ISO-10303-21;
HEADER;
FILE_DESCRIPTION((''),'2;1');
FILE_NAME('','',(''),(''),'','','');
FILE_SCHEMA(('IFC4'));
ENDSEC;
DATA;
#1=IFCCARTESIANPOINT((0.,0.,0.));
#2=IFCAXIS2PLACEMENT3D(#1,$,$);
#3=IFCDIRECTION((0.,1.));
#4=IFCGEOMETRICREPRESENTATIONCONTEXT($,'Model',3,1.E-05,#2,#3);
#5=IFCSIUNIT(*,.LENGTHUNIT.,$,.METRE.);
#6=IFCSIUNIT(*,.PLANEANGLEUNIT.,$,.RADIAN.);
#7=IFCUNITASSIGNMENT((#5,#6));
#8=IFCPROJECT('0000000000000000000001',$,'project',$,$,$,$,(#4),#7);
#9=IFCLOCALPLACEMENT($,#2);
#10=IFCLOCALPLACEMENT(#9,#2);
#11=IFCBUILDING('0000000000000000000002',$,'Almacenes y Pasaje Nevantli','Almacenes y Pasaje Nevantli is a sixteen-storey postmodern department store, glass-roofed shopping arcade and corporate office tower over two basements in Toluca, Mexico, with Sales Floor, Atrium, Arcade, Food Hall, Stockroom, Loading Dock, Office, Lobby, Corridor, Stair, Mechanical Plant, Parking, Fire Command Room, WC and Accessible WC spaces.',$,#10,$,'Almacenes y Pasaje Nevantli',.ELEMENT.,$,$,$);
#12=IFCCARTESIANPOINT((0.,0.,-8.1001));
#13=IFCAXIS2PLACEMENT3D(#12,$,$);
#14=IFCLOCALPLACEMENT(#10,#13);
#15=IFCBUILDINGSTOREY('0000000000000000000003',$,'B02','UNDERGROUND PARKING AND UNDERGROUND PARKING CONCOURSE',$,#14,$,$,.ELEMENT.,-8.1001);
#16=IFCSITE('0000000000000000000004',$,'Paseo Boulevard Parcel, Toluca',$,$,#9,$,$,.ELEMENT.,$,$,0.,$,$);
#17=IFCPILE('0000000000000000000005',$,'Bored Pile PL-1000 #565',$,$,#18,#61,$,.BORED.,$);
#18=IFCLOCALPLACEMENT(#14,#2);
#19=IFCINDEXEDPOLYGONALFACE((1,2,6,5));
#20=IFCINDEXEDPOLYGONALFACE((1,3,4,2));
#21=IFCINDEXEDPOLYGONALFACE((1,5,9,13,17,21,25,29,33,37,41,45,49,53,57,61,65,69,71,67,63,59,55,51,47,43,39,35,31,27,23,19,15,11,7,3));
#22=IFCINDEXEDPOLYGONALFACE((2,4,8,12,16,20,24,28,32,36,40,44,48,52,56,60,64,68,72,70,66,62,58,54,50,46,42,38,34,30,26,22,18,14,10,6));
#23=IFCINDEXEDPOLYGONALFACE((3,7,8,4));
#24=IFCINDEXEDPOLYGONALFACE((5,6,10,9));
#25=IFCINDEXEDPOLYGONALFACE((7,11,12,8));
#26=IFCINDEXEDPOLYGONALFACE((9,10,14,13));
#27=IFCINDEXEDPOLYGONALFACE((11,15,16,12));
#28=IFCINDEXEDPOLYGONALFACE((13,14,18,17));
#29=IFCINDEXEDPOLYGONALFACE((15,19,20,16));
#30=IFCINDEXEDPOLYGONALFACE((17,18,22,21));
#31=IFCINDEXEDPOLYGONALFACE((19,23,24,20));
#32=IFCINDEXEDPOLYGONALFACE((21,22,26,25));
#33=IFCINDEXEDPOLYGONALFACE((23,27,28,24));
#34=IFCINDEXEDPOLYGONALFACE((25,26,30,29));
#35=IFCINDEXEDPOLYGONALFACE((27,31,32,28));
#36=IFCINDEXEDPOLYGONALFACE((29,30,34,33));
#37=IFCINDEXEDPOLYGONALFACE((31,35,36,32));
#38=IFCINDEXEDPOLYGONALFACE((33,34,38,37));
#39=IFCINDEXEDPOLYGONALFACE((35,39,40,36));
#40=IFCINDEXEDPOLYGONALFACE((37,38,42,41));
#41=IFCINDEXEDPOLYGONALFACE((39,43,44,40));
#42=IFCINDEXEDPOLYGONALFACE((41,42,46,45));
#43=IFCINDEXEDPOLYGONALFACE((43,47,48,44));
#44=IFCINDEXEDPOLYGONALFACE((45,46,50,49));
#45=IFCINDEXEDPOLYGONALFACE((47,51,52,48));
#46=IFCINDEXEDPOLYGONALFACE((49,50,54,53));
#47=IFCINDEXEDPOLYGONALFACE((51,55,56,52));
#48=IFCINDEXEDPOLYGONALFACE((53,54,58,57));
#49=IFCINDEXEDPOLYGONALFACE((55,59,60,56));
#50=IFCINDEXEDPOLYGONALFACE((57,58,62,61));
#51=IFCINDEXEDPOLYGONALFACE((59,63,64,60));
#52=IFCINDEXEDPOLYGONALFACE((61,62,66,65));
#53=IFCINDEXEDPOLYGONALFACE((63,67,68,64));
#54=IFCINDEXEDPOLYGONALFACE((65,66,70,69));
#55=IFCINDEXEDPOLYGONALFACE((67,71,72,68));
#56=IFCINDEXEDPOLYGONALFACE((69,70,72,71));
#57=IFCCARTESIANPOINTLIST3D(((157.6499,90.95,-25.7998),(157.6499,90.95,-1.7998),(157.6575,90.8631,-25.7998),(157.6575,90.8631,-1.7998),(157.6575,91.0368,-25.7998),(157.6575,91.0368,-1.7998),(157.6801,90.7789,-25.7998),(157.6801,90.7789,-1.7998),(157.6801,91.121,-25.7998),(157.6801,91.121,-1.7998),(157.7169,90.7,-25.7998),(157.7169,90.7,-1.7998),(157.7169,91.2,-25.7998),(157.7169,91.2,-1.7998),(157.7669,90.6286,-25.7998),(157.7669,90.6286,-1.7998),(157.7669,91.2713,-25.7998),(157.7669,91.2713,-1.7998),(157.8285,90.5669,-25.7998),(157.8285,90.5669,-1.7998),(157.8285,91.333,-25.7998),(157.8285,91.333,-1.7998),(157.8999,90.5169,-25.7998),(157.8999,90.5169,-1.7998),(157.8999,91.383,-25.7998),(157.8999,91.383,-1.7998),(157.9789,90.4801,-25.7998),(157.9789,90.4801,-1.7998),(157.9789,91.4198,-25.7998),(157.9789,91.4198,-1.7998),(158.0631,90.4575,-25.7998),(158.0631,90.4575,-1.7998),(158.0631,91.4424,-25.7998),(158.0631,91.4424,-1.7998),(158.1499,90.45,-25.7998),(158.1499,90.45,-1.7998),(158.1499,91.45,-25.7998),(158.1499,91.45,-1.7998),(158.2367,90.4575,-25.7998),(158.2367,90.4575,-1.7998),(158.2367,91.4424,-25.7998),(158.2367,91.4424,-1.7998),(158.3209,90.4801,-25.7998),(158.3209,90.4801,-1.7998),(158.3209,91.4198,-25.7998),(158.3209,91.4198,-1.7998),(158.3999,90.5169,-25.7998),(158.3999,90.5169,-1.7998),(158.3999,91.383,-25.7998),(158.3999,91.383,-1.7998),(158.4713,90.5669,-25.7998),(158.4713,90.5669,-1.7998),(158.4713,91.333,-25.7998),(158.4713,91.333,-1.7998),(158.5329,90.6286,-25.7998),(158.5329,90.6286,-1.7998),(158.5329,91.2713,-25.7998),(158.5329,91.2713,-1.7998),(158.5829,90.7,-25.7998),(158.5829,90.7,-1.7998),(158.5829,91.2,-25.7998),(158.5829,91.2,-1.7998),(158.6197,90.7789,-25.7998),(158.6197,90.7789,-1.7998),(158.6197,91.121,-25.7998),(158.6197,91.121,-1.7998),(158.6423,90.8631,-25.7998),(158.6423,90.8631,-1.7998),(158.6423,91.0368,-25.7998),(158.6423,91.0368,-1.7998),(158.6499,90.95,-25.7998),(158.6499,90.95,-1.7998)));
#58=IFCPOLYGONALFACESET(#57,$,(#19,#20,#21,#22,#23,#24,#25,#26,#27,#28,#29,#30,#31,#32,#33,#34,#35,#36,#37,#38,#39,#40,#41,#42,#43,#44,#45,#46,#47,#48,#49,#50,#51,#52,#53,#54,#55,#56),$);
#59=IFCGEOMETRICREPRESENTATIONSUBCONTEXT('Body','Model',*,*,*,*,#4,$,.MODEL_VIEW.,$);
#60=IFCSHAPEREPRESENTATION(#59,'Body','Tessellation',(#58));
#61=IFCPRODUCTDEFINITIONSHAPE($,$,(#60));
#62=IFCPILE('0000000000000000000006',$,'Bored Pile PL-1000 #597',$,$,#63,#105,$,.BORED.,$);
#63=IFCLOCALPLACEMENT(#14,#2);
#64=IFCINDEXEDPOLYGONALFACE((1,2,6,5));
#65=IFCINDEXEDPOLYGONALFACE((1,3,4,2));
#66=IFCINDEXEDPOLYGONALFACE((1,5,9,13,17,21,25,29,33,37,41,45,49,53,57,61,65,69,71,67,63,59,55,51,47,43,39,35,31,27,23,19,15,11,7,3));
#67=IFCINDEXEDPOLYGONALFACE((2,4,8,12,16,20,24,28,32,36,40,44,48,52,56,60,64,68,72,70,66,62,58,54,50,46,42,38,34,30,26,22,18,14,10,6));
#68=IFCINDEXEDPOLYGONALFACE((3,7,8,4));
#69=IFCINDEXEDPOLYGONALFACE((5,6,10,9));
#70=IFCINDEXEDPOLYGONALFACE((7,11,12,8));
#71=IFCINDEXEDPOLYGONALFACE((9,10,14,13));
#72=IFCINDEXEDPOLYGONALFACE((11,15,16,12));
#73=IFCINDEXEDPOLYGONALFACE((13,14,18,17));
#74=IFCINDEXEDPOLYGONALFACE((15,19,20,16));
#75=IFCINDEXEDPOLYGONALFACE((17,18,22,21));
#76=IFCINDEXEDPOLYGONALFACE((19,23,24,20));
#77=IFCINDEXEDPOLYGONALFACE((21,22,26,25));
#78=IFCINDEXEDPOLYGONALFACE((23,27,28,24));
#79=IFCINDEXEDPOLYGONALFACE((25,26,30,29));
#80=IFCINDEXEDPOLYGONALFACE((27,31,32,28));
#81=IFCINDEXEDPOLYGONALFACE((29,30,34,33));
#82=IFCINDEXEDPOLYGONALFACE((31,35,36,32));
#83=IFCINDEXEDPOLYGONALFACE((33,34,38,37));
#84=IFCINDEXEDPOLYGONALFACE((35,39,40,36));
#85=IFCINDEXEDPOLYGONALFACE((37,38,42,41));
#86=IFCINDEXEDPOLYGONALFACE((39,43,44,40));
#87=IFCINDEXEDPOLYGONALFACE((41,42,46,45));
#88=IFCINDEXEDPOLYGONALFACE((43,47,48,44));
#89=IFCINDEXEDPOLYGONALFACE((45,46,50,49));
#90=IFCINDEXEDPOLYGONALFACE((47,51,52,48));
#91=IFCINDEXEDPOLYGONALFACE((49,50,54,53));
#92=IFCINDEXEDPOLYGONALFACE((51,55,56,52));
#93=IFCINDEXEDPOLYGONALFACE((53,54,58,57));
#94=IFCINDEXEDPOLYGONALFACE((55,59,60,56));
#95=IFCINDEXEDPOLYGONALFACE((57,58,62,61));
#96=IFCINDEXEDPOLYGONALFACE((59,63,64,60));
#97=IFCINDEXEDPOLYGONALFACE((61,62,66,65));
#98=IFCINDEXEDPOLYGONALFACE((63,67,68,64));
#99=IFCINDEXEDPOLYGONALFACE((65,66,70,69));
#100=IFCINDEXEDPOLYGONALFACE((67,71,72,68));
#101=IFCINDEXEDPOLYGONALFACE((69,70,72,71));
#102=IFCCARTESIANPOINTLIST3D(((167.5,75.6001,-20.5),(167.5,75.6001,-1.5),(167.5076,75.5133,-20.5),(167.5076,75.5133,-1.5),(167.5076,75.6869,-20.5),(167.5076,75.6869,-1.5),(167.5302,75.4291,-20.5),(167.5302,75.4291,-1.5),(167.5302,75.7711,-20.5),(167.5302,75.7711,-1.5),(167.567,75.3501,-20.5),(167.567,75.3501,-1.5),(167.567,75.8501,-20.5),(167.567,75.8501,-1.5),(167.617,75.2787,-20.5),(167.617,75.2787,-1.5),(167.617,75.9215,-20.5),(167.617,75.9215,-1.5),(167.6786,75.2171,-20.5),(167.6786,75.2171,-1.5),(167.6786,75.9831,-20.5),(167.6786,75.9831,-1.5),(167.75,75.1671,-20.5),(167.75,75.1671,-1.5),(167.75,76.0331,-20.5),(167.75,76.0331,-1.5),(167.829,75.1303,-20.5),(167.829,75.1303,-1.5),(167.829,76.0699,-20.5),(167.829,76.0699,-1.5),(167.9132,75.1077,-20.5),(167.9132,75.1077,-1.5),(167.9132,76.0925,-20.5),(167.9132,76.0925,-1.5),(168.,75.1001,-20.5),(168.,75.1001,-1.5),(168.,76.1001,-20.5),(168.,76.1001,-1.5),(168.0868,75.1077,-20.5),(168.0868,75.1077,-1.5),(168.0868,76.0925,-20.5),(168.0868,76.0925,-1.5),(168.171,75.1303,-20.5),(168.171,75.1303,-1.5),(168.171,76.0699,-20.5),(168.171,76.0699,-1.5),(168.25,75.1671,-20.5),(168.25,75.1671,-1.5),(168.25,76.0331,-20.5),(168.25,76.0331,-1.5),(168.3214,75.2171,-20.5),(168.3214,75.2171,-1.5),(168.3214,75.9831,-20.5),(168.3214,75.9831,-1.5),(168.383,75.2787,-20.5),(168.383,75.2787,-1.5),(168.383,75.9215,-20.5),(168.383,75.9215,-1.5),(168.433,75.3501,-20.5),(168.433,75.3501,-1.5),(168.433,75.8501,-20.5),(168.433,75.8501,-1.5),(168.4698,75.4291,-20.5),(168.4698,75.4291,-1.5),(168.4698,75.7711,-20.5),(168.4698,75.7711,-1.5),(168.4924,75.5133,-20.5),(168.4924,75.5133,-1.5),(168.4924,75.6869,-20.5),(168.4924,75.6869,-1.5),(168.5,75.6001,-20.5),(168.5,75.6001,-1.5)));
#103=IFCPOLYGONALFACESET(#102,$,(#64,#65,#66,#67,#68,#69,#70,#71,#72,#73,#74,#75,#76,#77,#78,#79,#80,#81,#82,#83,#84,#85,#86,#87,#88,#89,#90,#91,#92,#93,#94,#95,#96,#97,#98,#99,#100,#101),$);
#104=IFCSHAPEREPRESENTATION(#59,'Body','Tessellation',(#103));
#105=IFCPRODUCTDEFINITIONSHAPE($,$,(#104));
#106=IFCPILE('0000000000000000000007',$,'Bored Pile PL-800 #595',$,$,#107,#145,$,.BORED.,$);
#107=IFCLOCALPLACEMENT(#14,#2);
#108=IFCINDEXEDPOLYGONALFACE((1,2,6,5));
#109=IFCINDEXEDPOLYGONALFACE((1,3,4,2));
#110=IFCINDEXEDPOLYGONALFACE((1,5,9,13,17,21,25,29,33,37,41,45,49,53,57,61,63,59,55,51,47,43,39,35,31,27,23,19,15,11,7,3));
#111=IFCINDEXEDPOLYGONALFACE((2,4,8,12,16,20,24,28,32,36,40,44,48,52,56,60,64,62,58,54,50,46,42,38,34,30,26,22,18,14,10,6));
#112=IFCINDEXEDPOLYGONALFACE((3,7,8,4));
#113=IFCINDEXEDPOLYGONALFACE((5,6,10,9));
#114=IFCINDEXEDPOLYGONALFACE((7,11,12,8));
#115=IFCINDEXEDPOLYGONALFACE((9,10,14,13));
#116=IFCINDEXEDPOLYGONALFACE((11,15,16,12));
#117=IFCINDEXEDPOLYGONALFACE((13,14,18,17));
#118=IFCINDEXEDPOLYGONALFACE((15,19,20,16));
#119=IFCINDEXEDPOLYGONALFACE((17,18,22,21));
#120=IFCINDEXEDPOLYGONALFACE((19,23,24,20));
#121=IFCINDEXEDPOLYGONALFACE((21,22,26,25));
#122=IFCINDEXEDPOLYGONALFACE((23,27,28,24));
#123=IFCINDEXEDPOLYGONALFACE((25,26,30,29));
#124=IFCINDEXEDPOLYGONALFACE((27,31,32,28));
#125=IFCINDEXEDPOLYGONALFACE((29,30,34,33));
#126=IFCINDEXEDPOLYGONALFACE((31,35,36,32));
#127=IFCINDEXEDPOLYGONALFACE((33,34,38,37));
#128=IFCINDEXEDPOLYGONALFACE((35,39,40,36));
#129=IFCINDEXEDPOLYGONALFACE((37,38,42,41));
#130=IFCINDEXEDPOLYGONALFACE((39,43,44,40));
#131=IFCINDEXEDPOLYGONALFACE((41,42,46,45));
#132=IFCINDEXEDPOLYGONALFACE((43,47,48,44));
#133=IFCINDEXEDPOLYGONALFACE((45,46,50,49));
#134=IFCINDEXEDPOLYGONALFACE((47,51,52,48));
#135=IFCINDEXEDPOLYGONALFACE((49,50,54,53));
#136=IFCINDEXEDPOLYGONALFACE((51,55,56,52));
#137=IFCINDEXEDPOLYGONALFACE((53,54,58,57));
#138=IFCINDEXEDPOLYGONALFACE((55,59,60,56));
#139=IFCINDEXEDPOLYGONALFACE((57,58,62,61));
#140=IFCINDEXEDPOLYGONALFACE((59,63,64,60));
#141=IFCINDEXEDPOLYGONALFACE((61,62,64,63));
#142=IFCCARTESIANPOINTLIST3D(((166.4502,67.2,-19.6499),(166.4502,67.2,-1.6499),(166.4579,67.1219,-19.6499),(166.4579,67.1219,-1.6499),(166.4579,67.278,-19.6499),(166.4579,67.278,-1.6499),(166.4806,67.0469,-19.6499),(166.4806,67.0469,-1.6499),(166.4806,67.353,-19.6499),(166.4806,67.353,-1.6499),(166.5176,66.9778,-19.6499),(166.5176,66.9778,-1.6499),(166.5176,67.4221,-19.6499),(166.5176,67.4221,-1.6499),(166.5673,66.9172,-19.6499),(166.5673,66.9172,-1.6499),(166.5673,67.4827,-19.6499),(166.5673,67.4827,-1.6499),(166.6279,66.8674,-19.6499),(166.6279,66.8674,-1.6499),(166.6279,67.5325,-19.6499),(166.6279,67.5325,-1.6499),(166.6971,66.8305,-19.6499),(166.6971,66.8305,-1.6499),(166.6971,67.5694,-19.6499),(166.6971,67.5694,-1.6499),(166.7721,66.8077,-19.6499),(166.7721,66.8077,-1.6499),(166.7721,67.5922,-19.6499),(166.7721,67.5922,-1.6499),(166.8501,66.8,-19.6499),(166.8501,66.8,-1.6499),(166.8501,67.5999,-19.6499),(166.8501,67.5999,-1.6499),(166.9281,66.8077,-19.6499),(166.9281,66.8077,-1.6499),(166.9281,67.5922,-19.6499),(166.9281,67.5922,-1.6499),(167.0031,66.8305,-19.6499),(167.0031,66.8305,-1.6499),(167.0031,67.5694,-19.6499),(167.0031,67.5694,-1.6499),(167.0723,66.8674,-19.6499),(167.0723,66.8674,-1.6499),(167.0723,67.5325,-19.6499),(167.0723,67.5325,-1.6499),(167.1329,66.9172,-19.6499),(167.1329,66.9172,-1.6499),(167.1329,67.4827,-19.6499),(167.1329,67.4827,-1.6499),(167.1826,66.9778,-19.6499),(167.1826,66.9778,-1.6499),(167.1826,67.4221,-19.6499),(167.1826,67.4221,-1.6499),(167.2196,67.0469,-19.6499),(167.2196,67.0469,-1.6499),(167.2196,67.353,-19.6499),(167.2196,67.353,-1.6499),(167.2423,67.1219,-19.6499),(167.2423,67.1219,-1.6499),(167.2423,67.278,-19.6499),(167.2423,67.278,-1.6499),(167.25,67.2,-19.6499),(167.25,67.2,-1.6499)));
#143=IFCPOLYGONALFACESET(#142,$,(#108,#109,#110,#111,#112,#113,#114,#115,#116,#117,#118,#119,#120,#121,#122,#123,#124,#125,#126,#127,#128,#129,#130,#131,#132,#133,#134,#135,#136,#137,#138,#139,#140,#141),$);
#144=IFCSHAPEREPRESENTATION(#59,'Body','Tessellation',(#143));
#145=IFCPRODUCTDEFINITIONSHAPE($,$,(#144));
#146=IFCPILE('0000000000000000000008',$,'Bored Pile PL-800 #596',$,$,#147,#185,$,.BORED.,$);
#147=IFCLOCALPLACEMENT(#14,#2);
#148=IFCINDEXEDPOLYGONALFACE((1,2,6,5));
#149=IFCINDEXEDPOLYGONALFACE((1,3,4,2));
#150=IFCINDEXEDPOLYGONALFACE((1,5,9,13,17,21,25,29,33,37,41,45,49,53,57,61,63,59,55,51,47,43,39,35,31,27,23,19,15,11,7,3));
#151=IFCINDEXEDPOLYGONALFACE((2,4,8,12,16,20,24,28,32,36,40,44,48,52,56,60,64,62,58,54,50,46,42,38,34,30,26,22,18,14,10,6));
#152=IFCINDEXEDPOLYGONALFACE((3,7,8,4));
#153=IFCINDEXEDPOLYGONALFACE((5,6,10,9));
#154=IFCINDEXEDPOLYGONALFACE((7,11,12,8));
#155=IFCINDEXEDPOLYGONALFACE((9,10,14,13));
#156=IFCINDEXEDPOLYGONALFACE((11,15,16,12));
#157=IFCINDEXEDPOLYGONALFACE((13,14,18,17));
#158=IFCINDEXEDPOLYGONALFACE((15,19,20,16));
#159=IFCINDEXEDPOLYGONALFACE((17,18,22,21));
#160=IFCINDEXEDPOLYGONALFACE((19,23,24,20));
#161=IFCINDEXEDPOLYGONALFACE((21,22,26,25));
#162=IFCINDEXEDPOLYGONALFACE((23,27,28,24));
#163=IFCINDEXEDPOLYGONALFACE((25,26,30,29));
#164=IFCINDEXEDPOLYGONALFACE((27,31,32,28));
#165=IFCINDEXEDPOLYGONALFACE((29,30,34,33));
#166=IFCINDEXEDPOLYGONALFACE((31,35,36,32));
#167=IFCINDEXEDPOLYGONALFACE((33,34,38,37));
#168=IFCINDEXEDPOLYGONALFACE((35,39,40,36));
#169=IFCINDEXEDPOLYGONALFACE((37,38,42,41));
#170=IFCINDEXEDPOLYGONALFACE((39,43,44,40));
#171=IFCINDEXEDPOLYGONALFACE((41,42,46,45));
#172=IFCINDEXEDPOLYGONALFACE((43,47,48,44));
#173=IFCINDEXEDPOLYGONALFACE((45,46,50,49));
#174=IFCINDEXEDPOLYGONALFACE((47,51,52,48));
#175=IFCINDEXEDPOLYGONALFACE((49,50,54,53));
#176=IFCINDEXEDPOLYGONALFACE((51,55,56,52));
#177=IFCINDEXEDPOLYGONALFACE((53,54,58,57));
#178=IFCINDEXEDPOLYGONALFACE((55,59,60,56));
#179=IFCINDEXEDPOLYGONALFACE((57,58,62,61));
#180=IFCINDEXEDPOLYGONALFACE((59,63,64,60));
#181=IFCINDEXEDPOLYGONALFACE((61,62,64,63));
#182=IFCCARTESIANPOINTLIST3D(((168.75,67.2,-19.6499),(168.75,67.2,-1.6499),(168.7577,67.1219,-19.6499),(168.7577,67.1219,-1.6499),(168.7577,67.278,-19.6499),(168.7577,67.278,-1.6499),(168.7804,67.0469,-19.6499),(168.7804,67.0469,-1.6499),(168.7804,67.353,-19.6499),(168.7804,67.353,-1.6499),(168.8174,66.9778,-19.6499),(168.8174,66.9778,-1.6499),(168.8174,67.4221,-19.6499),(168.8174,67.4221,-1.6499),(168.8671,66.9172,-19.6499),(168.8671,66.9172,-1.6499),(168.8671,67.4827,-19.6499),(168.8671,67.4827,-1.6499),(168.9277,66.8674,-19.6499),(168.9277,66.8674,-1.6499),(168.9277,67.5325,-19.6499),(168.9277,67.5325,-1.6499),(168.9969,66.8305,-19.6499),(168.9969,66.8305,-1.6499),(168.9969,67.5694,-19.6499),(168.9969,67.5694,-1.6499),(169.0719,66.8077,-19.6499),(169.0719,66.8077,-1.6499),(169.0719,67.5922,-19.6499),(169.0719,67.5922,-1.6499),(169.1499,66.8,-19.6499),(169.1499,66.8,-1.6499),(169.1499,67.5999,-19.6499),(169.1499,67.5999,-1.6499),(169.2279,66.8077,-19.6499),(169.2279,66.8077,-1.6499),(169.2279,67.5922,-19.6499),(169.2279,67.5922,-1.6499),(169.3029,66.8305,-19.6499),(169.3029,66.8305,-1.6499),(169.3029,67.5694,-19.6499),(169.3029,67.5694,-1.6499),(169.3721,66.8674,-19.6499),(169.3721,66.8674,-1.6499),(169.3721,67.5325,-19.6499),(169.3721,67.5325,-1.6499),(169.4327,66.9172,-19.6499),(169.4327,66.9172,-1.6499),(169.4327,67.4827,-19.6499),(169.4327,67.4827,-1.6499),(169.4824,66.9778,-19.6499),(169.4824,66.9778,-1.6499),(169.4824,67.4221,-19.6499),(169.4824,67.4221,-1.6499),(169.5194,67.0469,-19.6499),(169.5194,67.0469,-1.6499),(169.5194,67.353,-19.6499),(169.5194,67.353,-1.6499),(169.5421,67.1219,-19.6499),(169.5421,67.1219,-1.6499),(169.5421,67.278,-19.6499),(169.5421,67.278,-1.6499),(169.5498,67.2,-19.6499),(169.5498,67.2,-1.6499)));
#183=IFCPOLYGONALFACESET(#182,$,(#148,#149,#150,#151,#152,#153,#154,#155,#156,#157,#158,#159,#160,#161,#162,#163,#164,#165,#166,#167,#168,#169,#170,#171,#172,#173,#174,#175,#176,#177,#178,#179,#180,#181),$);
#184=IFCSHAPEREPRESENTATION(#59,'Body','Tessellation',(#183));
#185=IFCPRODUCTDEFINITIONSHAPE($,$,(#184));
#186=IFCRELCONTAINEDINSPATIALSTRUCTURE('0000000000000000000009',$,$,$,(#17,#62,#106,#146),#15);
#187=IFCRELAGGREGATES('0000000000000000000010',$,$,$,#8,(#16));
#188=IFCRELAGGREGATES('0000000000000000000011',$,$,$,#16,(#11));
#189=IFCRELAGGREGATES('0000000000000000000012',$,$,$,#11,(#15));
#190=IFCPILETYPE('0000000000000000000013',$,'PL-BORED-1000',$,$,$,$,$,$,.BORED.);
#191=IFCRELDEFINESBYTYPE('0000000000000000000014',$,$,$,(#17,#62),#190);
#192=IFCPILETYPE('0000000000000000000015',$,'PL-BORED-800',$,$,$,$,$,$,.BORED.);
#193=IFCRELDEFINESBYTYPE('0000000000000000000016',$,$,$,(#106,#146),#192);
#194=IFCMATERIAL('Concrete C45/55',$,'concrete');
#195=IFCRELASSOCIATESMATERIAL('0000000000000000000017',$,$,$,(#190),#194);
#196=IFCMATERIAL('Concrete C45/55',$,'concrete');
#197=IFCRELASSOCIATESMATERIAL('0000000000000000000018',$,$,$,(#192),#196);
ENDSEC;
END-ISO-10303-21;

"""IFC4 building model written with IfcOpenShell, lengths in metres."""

from ifc_helpers import new_model, si_unit, direction, frame, origin, origin_2d, place, context, subcontext, project, spatial, circle, extrude, material, material_profile, profile_set, type_object, element, save


model = new_model("IFC4")

# Units and contexts
model_context = context("Model", 3, precision=1e-05, world=origin(), true_north=direction((0.0, 1.0)))
body_context = subcontext(model_context, "Body", "Model", "MODEL_VIEW")
ifc_project = project(units=[si_unit("LENGTHUNIT", "METRE"), si_unit("PLANEANGLEUNIT", "RADIAN")], contexts=[model_context])

# Site, building, storey
site_placement = place(None, origin())
site = spatial("IfcSite", under=ifc_project, at=site_placement, Name="Paseo Boulevard Parcel, Toluca", CompositionType="ELEMENT", RefElevation=0.0)
building_placement = place(site_placement, origin())
building = spatial("IfcBuilding", under=site, at=building_placement, Name="Almacenes y Pasaje Nevantli", Description="Almacenes y Pasaje Nevantli is a sixteen-storey postmodern department store, glass-roofed shopping arcade and corporate office tower over two basements in Toluca, Mexico, with Sales Floor, Atrium, Arcade, Food Hall, Stockroom, Loading Dock, Office, Lobby, Corridor, Stair, Mechanical Plant, Parking, Fire Command Room, WC and Accessible WC spaces.", LongName="Almacenes y Pasaje Nevantli", CompositionType="ELEMENT")
storey_placement = place(building_placement, frame((0.0, 0.0, -8.1001)))
storey = spatial("IfcBuildingStorey", under=building, at=storey_placement, Name="B02", Description="UNDERGROUND PARKING AND UNDERGROUND PARKING CONCOURSE", CompositionType="ELEMENT", Elevation=-8.1001)

# Piles
ifc_material_1 = material(Name="Concrete C45/55", Category="concrete")
ifc_material_profile_1 = material_profile(ifc_material_1, circle(Radius=0.5, at=origin_2d()), Name="RC-PILE-D1000")
ifc_profile_set_1 = profile_set([ifc_material_profile_1], Name="Concrete C45/55")
pile_type_1 = type_object("IfcPileType", Name="PL-BORED-1000", PredefinedType="BORED", material=ifc_profile_set_1)
for number, where, z_axis, x_axis, name in (
    (1, (158.1499, 90.95, -1.7998), (0.0, 0.0, -1.0), (1.0, 0.0, 0.0), "Bored Pile PL-1000 #565"),
):
    element("IfcPile", number, at=place(storey_placement, frame(where, z_axis=z_axis, x_axis=x_axis)), inside=storey, type_object=pile_type_1, Name=name, PredefinedType="BORED", context=body_context, shape_type="SweptSolid", body=[
        extrude(circle(Radius=0.5, at=origin_2d()), origin(), (0.0, 0.0, 1.0), 24.0),
    ])
pile_placement = place(storey_placement, frame((168.0, 75.6001, -1.5), z_axis=(0.0, 0.0, -1.0), x_axis=(1.0, 0.0, 0.0)))
element("IfcPile", 2, at=pile_placement, inside=storey, type_object=pile_type_1, Name="Bored Pile PL-1000 #597", PredefinedType="BORED", context=body_context, shape_type="SweptSolid", body=[
    extrude(circle(Radius=0.5, at=origin_2d()), origin(), (0.0, 0.0, 1.0), 19.0),
])
ifc_material_2 = material(Name="Concrete C45/55", Category="concrete")
ifc_material_profile_2 = material_profile(ifc_material_2, circle(Radius=0.3999, at=origin_2d()), Name="RC-PILE-D800")
ifc_profile_set_2 = profile_set([ifc_material_profile_2], Name="Concrete C45/55")
pile_type_2 = type_object("IfcPileType", Name="PL-BORED-800", PredefinedType="BORED", material=ifc_profile_set_2)
for number, where, z_axis, x_axis, name in (
    (3, (166.8501, 67.2, -1.6499), (0.0, 0.0, -1.0), (1.0, 0.0, 0.0), "Bored Pile PL-800 #595"),
    (4, (169.1499, 67.2, -1.6499), (0.0, 0.0, -1.0), (1.0, 0.0, 0.0), "Bored Pile PL-800 #596"),
):
    element("IfcPile", number, at=place(storey_placement, frame(where, z_axis=z_axis, x_axis=x_axis)), inside=storey, type_object=pile_type_2, Name=name, PredefinedType="BORED", context=body_context, shape_type="SweptSolid", body=[
        extrude(circle(Radius=0.3999, at=origin_2d()), origin(), (0.0, 0.0, 1.0), 18.0),
    ])

save(model, "model.ifc")
